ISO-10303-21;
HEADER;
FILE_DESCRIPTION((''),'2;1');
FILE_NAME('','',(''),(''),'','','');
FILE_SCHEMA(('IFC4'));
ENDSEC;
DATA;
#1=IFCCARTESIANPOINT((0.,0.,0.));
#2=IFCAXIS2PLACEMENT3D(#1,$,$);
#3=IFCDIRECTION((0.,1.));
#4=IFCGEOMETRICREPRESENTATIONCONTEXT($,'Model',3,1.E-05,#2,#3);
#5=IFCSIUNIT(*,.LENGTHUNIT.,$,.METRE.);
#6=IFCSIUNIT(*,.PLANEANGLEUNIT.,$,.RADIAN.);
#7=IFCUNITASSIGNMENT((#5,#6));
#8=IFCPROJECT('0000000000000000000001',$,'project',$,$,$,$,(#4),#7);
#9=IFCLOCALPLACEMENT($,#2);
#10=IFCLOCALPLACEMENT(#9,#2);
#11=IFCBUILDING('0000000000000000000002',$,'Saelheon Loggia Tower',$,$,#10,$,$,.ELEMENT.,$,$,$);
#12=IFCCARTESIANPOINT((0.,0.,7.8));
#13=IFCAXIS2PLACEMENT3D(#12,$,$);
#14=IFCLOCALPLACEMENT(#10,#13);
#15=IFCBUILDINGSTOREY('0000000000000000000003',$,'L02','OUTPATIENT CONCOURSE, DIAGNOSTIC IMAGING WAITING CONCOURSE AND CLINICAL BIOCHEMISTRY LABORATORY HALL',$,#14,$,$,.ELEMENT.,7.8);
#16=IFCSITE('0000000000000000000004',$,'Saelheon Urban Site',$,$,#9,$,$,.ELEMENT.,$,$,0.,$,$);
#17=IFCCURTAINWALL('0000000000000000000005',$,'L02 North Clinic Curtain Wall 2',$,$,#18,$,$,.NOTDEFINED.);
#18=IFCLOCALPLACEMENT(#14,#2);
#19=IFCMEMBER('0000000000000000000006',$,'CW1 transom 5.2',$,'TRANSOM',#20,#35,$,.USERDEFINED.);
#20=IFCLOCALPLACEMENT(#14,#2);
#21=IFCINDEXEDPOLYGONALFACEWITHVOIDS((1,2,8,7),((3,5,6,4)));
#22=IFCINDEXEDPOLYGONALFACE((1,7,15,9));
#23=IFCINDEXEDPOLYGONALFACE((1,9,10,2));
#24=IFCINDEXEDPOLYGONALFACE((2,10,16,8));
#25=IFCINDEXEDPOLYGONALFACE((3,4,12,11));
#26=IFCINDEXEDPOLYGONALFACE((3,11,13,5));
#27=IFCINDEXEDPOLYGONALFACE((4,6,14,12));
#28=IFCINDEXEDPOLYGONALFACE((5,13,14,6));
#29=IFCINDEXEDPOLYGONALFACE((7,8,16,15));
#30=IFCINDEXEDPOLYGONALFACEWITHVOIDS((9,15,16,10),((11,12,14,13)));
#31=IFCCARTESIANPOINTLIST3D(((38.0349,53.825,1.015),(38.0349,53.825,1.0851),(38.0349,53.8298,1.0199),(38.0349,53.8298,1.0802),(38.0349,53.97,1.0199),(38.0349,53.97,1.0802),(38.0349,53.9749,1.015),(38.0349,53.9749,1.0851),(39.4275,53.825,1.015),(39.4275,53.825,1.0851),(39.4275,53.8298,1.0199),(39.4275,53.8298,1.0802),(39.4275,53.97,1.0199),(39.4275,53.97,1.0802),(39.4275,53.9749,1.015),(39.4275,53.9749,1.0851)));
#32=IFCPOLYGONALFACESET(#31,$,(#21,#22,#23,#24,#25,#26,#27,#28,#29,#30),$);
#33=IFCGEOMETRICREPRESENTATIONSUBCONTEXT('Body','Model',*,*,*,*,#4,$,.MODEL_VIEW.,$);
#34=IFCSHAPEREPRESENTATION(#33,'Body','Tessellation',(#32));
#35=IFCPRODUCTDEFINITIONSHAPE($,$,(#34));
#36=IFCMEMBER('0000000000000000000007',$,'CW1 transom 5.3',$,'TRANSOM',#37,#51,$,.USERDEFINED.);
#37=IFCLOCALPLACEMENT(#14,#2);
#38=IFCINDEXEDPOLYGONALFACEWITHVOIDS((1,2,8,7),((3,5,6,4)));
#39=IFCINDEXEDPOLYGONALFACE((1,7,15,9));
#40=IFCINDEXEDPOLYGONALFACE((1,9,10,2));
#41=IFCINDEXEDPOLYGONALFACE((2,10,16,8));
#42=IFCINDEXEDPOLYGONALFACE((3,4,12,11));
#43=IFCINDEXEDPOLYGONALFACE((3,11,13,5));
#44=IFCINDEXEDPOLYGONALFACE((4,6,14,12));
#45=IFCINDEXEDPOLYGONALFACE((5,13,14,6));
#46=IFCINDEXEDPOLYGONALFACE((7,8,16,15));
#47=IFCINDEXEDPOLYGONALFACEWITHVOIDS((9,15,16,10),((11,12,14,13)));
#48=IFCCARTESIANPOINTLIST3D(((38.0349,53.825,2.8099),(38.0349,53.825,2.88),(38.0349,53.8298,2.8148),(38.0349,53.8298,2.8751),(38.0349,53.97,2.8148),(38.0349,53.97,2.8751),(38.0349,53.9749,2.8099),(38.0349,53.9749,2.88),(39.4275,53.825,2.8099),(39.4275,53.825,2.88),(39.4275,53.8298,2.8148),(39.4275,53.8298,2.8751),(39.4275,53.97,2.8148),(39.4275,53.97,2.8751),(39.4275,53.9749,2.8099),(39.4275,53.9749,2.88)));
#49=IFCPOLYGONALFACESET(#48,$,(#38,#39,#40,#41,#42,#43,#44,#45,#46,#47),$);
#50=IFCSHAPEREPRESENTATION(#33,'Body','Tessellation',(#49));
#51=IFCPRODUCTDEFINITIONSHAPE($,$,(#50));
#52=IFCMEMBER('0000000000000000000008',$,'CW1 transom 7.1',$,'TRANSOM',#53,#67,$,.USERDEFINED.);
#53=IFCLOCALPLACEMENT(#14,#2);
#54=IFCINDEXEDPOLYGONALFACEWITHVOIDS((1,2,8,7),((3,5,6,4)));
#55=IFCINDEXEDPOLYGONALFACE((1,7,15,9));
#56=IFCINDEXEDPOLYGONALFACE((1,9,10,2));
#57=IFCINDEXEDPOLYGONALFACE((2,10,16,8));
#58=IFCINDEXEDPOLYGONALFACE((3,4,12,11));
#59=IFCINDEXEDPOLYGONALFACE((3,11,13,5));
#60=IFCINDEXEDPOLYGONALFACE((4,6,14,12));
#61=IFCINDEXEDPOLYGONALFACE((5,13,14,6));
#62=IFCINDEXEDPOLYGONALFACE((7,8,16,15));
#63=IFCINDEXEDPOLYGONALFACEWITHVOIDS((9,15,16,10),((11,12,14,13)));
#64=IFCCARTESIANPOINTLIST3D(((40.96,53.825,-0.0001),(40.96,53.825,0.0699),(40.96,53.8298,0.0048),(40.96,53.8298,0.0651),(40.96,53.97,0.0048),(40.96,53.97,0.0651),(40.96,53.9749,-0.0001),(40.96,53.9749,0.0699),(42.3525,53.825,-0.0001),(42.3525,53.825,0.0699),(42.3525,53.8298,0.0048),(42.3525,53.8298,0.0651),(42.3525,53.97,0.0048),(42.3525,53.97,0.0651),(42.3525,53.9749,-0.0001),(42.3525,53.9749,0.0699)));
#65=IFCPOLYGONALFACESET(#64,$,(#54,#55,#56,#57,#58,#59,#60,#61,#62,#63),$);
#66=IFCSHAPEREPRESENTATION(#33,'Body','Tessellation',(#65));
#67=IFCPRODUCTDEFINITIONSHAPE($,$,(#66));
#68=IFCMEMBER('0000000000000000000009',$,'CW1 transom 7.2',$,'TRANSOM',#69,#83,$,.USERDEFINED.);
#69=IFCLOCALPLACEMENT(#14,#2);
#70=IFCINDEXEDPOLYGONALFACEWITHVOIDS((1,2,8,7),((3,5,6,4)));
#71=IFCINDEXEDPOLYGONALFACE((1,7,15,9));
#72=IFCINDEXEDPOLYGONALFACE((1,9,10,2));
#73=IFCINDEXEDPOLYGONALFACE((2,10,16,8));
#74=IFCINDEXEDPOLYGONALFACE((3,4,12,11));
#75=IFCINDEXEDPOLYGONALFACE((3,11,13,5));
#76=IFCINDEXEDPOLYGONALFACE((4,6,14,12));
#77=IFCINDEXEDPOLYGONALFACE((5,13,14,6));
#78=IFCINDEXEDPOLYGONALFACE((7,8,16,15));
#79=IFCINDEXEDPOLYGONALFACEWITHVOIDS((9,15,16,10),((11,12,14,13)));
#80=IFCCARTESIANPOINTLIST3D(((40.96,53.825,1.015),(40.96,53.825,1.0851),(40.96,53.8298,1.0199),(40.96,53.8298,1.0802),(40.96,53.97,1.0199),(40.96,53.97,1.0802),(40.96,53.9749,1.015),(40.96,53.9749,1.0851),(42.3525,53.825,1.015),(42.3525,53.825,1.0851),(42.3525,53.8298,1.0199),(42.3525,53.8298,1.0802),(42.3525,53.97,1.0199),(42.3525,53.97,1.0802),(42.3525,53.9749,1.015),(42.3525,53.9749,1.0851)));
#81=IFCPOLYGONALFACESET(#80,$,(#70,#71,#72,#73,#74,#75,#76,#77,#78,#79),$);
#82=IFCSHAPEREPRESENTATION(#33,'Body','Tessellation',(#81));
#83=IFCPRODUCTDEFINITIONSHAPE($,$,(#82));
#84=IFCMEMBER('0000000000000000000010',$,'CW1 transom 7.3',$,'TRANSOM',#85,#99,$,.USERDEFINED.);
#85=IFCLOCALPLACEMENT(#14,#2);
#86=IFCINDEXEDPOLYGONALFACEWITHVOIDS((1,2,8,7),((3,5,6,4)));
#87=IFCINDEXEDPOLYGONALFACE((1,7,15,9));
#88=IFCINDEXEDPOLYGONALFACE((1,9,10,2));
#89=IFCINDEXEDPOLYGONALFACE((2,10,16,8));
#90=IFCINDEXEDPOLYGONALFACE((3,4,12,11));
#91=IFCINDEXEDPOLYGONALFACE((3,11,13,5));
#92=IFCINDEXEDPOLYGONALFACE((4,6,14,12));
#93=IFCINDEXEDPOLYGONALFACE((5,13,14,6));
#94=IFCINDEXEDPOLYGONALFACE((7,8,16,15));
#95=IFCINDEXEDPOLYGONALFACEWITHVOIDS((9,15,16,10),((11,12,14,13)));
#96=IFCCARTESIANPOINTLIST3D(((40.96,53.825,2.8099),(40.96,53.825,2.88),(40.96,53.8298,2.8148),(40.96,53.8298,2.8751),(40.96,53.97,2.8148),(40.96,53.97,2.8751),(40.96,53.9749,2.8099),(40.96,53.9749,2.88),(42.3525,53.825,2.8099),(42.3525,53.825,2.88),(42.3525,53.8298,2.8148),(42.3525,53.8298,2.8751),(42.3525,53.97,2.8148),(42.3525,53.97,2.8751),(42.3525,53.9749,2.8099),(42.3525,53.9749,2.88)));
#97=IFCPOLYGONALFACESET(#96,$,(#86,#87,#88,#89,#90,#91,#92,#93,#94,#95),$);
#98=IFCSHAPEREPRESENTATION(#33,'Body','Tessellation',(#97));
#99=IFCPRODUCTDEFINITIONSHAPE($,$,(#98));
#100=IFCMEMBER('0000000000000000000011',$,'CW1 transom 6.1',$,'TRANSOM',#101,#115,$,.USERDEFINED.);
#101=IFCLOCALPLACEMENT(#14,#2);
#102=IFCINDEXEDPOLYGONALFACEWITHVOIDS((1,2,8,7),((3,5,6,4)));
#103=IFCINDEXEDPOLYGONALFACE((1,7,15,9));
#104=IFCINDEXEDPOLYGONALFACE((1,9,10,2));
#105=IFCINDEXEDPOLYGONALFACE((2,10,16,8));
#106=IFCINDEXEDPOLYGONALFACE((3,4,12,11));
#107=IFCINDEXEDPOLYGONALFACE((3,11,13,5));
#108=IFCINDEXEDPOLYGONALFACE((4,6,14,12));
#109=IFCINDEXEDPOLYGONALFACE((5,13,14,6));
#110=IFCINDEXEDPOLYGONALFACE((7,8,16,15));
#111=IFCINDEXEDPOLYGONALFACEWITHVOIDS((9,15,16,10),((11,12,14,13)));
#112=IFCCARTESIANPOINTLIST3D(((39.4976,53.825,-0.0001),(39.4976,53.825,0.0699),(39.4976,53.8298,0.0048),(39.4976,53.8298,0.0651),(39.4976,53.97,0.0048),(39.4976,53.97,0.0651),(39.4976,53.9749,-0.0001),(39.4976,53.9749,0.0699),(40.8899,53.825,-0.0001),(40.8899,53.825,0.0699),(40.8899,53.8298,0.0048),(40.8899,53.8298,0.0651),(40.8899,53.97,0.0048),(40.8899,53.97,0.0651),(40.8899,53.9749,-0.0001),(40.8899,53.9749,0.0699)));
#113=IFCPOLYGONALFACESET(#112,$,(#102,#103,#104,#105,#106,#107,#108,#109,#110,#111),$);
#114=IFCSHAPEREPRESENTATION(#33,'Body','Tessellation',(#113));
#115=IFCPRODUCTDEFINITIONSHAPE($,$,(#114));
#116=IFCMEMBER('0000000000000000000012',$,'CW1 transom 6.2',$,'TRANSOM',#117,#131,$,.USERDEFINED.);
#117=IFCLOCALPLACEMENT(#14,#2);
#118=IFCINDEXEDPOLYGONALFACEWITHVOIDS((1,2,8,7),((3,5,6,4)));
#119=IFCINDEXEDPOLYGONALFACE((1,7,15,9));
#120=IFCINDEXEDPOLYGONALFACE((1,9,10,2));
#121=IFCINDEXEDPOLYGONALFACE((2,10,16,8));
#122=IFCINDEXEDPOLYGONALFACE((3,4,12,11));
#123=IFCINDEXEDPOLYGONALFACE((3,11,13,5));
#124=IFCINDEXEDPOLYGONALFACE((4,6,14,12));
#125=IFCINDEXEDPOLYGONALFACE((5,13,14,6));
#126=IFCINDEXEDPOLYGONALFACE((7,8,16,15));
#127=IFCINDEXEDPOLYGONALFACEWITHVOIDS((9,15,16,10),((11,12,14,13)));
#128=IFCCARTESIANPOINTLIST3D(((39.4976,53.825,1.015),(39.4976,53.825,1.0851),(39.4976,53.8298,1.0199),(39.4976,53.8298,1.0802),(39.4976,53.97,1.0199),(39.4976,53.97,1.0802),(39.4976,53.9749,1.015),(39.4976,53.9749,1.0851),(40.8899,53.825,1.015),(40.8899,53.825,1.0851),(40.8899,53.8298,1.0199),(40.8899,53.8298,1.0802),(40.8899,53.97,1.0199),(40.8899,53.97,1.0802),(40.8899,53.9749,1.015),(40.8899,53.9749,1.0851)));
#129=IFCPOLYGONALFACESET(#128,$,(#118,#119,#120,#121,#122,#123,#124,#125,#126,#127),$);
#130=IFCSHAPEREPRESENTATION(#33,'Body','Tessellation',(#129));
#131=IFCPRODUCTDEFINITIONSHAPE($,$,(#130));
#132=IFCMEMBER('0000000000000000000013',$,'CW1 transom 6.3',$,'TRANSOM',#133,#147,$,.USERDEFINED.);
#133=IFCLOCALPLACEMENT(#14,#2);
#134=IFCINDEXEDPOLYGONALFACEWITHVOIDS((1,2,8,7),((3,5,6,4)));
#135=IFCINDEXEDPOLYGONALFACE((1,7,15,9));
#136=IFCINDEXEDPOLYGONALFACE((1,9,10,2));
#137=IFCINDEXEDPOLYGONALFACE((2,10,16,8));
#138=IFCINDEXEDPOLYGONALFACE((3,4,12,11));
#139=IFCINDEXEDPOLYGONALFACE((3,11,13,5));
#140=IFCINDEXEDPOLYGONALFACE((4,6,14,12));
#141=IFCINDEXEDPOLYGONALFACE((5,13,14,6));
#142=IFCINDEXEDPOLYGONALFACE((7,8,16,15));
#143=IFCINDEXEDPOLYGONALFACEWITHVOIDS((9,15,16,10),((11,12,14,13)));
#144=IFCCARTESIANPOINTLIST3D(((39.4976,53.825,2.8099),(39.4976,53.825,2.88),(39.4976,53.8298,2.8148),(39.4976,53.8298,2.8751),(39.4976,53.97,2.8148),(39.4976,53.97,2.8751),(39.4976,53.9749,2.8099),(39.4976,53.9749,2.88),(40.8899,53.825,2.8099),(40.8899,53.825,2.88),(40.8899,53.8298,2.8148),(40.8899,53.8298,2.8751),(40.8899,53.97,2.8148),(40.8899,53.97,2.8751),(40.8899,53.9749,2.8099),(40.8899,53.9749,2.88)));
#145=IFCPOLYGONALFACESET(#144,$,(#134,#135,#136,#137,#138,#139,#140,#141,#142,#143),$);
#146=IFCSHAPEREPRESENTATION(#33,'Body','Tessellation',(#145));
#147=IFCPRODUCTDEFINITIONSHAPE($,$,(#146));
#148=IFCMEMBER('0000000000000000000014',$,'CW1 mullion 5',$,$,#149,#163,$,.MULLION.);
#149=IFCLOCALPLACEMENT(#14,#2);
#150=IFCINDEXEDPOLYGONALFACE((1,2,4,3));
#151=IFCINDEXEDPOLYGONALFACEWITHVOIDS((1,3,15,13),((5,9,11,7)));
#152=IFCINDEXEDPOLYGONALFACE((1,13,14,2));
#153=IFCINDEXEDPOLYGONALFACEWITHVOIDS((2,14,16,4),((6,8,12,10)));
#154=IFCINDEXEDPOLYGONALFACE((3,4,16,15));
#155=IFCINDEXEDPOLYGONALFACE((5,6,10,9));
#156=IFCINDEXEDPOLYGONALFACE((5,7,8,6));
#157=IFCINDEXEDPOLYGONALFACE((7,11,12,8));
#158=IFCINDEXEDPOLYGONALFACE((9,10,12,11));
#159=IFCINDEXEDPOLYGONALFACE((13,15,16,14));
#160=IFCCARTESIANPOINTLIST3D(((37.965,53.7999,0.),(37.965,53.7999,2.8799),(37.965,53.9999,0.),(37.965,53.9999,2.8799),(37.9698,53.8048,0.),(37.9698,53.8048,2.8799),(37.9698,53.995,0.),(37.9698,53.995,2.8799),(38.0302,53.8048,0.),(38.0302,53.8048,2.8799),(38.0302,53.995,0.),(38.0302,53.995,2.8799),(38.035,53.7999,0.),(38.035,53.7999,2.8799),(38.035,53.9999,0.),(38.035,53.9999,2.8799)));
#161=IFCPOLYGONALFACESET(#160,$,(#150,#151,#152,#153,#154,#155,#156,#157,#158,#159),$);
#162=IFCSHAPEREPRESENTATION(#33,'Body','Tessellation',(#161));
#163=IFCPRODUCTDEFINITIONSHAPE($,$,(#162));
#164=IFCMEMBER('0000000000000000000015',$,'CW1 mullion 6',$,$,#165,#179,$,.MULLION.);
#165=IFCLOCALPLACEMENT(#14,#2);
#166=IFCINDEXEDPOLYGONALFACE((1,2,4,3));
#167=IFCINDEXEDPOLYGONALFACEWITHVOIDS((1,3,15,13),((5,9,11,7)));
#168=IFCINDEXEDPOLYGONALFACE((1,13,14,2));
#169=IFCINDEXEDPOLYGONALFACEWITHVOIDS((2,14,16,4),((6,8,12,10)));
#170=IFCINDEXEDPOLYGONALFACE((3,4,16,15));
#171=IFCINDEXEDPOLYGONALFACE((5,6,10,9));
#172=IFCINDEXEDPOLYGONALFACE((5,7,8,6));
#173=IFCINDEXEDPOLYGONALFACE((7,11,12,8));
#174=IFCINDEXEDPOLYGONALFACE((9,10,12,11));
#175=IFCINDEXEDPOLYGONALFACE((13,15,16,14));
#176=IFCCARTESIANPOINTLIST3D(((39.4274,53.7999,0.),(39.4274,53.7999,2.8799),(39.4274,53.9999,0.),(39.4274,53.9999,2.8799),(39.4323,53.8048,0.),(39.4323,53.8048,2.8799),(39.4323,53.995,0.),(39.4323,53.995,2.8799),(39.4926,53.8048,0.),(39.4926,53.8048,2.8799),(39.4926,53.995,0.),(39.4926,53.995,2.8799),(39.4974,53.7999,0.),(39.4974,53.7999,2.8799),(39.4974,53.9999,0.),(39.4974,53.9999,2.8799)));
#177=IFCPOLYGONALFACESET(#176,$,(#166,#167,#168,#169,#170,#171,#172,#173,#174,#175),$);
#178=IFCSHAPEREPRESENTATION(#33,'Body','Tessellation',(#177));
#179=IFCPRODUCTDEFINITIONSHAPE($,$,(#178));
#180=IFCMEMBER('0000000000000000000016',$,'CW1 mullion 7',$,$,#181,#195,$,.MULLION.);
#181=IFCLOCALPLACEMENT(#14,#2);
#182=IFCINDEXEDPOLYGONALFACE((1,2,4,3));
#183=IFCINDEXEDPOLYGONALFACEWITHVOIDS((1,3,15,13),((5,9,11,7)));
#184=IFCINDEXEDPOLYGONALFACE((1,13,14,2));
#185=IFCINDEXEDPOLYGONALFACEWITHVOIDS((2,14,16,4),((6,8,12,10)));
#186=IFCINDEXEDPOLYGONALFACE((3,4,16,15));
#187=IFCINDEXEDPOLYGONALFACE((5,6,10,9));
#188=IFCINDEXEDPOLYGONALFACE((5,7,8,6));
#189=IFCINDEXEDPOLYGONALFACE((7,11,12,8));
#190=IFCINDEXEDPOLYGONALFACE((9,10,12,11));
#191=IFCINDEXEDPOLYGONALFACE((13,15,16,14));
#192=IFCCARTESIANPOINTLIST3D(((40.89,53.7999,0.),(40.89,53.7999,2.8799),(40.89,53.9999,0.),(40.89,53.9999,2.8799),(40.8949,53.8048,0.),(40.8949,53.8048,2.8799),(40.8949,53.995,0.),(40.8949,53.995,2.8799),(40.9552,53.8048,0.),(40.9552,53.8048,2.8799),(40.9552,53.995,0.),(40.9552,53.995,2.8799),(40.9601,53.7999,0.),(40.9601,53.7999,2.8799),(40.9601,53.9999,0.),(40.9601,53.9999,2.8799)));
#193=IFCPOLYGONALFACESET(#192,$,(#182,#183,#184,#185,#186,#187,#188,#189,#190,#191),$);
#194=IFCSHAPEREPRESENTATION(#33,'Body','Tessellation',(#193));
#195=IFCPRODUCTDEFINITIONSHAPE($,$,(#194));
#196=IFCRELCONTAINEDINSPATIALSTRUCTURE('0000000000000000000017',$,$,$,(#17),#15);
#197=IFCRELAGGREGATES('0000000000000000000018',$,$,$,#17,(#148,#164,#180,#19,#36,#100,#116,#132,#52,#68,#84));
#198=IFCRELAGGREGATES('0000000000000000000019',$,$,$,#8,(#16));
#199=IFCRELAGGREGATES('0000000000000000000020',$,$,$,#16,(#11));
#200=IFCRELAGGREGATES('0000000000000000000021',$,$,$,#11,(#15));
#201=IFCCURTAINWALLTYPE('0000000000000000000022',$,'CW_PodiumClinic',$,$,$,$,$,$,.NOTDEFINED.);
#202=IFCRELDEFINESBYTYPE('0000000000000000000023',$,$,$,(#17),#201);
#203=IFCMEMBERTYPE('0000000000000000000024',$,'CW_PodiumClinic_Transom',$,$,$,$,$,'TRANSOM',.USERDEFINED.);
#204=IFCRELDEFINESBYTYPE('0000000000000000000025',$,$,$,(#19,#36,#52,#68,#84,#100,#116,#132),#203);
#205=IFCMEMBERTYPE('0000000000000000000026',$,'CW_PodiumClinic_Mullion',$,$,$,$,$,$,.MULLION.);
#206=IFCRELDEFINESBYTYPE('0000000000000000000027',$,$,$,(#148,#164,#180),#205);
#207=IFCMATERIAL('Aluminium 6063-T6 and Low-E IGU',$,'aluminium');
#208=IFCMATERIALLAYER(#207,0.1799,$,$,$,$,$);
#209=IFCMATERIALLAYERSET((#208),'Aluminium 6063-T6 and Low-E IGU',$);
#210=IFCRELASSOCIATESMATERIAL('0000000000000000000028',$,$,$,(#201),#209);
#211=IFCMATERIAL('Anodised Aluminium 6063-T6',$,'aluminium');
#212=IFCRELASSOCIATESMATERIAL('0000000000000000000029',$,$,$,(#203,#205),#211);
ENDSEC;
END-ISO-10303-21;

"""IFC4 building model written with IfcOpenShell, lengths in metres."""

from ifc_helpers import new_model, si_unit, direction, frame, origin, origin_2d, place, context, subcontext, project, spatial, hollow_rectangle, extrude, source, transform, mapped, material, layer, layer_set, material_profile, profile_set, type_object, element, aggregate, save


model = new_model("IFC4")

# Units and contexts
model_context = context("Model", 3, precision=1e-05, world=origin(), true_north=direction((0.0, 1.0)))
body_context = subcontext(model_context, "Body", "Model", "MODEL_VIEW")
ifc_project = project(units=[si_unit("LENGTHUNIT", "METRE"), si_unit("PLANEANGLEUNIT", "RADIAN")], contexts=[model_context])

# Site, building, storey
site_placement = place(None, origin())
site = spatial("IfcSite", under=ifc_project, at=site_placement, Name="Saelheon Urban Site", CompositionType="ELEMENT", RefElevation=0.0)
building_placement = place(site_placement, origin())
building = spatial("IfcBuilding", under=site, at=building_placement, Name="Saelheon Loggia Tower", CompositionType="ELEMENT")
storey_placement = place(building_placement, frame((0.0, 0.0, 7.8)))
storey = spatial("IfcBuildingStorey", under=building, at=storey_placement, Name="L02", Description="OUTPATIENT CONCOURSE, DIAGNOSTIC IMAGING WAITING CONCOURSE AND CLINICAL BIOCHEMISTRY LABORATORY HALL", CompositionType="ELEMENT", Elevation=7.8)

# Curtain wall, members
ifc_material_1 = material(Name="Aluminium 6063-T6 and Low-E IGU", Category="aluminium")
ifc_layer_1 = layer(ifc_material_1, 0.1799)
ifc_layer_set_1 = layer_set([ifc_layer_1], Name="Aluminium 6063-T6 and Low-E IGU")
curtain_wall_type = type_object("IfcCurtainWallType", Name="CW_PodiumClinic", PredefinedType="NOTDEFINED", material=ifc_layer_set_1)
ifc_material_2 = material(Name="Anodised Aluminium 6063-T6", Category="aluminium")
ifc_material_profile_1 = material_profile(ifc_material_2, hollow_rectangle(XDim=0.0701, YDim=0.1499, WallThickness=0.0049, at=origin_2d()), Name="RHS-150x70x5")
ifc_profile_set_1 = profile_set([ifc_material_profile_1], Name="Anodised Aluminium 6063-T6")
member_type_1 = type_object("IfcMemberType", Name="CW_PodiumClinic_Transom", ElementType="TRANSOM", PredefinedType="USERDEFINED", material=ifc_profile_set_1)
curtain_wall_1_placement = place(storey_placement, origin())
curtain_wall_1 = element("IfcCurtainWall", 1, at=curtain_wall_1_placement, inside=storey, type_object=curtain_wall_type, Name="L02 North Clinic Curtain Wall 2", PredefinedType="NOTDEFINED")
shared_shape_1 = source(origin(), body_context, "Body", "SweptSolid", [
    extrude(hollow_rectangle(XDim=0.0701, YDim=0.1499, WallThickness=0.0049, at=origin_2d()), origin(), (0.0, 0.0, 1.0), 1.3926),
])
member_1_placement = place(storey_placement, frame((38.0349, 53.8999, 1.05), z_axis=(1.0, 0.0, 0.0), x_axis=(0.0, 0.0, 1.0)))
member_1 = element("IfcMember", 2, at=member_1_placement, type_object=member_type_1, Name="CW1 transom 5.2", ObjectType="TRANSOM", PredefinedType="USERDEFINED", context=body_context, shape_type="MappedRepresentation", body=[
    mapped(shared_shape_1, transform((0.0, 0.0, 0.0), scale=1.0)),
])
member_2_placement = place(storey_placement, frame((38.0349, 53.8999, 2.845), z_axis=(1.0, 0.0, 0.0), x_axis=(0.0, 0.0, 1.0)))
member_2 = element("IfcMember", 3, at=member_2_placement, type_object=member_type_1, Name="CW1 transom 5.3", ObjectType="TRANSOM", PredefinedType="USERDEFINED", context=body_context, shape_type="MappedRepresentation", body=[
    mapped(shared_shape_1, transform((0.0, 0.0, 0.0), scale=1.0)),
])
member_3_placement = place(storey_placement, frame((40.96, 53.8999, 0.0349), z_axis=(1.0, 0.0, 0.0), x_axis=(0.0, 0.0, 1.0)))
member_3 = element("IfcMember", 4, at=member_3_placement, type_object=member_type_1, Name="CW1 transom 7.1", ObjectType="TRANSOM", PredefinedType="USERDEFINED", context=body_context, shape_type="MappedRepresentation", body=[
    mapped(shared_shape_1, transform((0.0, 0.0, 0.0), scale=1.0)),
])
member_4_placement = place(storey_placement, frame((40.96, 53.8999, 1.05), z_axis=(1.0, 0.0, 0.0), x_axis=(0.0, 0.0, 1.0)))
member_4 = element("IfcMember", 5, at=member_4_placement, type_object=member_type_1, Name="CW1 transom 7.2", ObjectType="TRANSOM", PredefinedType="USERDEFINED", context=body_context, shape_type="MappedRepresentation", body=[
    mapped(shared_shape_1, transform((0.0, 0.0, 0.0), scale=1.0)),
])
member_5_placement = place(storey_placement, frame((40.96, 53.8999, 2.845), z_axis=(1.0, 0.0, 0.0), x_axis=(0.0, 0.0, 1.0)))
member_5 = element("IfcMember", 6, at=member_5_placement, type_object=member_type_1, Name="CW1 transom 7.3", ObjectType="TRANSOM", PredefinedType="USERDEFINED", context=body_context, shape_type="MappedRepresentation", body=[
    mapped(shared_shape_1, transform((0.0, 0.0, 0.0), scale=1.0)),
])
shared_shape_2 = source(origin(), body_context, "Body", "SweptSolid", [
    extrude(hollow_rectangle(XDim=0.0701, YDim=0.1499, WallThickness=0.0049, at=origin_2d()), origin(), (0.0, 0.0, 1.0), 1.3923),
])
member_6_placement = place(storey_placement, frame((39.4976, 53.8999, 0.0349), z_axis=(1.0, 0.0, 0.0), x_axis=(0.0, 0.0, 1.0)))
member_6 = element("IfcMember", 7, at=member_6_placement, type_object=member_type_1, Name="CW1 transom 6.1", ObjectType="TRANSOM", PredefinedType="USERDEFINED", context=body_context, shape_type="MappedRepresentation", body=[
    mapped(shared_shape_2, transform((0.0, 0.0, 0.0), scale=1.0)),
])
member_7_placement = place(storey_placement, frame((39.4976, 53.8999, 1.05), z_axis=(1.0, 0.0, 0.0), x_axis=(0.0, 0.0, 1.0)))
member_7 = element("IfcMember", 8, at=member_7_placement, type_object=member_type_1, Name="CW1 transom 6.2", ObjectType="TRANSOM", PredefinedType="USERDEFINED", context=body_context, shape_type="MappedRepresentation", body=[
    mapped(shared_shape_2, transform((0.0, 0.0, 0.0), scale=1.0)),
])
member_8_placement = place(storey_placement, frame((39.4976, 53.8999, 2.845), z_axis=(1.0, 0.0, 0.0), x_axis=(0.0, 0.0, 1.0)))
member_8 = element("IfcMember", 9, at=member_8_placement, type_object=member_type_1, Name="CW1 transom 6.3", ObjectType="TRANSOM", PredefinedType="USERDEFINED", context=body_context, shape_type="MappedRepresentation", body=[
    mapped(shared_shape_2, transform((0.0, 0.0, 0.0), scale=1.0)),
])
ifc_material_profile_2 = material_profile(ifc_material_2, hollow_rectangle(XDim=0.0701, YDim=0.2, WallThickness=0.0049, at=origin_2d()), Name="RHS-200x70x5")
ifc_profile_set_2 = profile_set([ifc_material_profile_2], Name="Anodised Aluminium 6063-T6")
member_type_2 = type_object("IfcMemberType", Name="CW_PodiumClinic_Mullion", PredefinedType="MULLION", material=ifc_profile_set_2)
shared_shape_3 = source(origin(), body_context, "Body", "SweptSolid", [
    extrude(hollow_rectangle(XDim=0.0701, YDim=0.2, WallThickness=0.0049, at=origin_2d()), origin(), (0.0, 0.0, 1.0), 2.8799),
])
member_9_placement = place(storey_placement, frame((38.0, 53.8999, 0.0), z_axis=(0.0, 0.0, 1.0), x_axis=(1.0, 0.0, 0.0)))
member_9 = element("IfcMember", 10, at=member_9_placement, type_object=member_type_2, Name="CW1 mullion 5", PredefinedType="MULLION", context=body_context, shape_type="MappedRepresentation", body=[
    mapped(shared_shape_3, transform((0.0, 0.0, 0.0), scale=1.0)),
])
member_10_placement = place(storey_placement, frame((39.4624, 53.8999, 0.0), z_axis=(0.0, 0.0, 1.0), x_axis=(1.0, 0.0, 0.0)))
member_10 = element("IfcMember", 11, at=member_10_placement, type_object=member_type_2, Name="CW1 mullion 6", PredefinedType="MULLION", context=body_context, shape_type="MappedRepresentation", body=[
    mapped(shared_shape_3, transform((0.0, 0.0, 0.0), scale=1.0)),
])
member_11_placement = place(storey_placement, frame((40.925, 53.8999, 0.0), z_axis=(0.0, 0.0, 1.0), x_axis=(1.0, 0.0, 0.0)))
member_11 = element("IfcMember", 12, at=member_11_placement, type_object=member_type_2, Name="CW1 mullion 7", PredefinedType="MULLION", context=body_context, shape_type="MappedRepresentation", body=[
    mapped(shared_shape_3, transform((0.0, 0.0, 0.0), scale=1.0)),
])

aggregate(curtain_wall_1, [member_9, member_10, member_11, member_1, member_2, member_6, member_7, member_8, member_3, member_4, member_5])

save(model, "model.ifc")
